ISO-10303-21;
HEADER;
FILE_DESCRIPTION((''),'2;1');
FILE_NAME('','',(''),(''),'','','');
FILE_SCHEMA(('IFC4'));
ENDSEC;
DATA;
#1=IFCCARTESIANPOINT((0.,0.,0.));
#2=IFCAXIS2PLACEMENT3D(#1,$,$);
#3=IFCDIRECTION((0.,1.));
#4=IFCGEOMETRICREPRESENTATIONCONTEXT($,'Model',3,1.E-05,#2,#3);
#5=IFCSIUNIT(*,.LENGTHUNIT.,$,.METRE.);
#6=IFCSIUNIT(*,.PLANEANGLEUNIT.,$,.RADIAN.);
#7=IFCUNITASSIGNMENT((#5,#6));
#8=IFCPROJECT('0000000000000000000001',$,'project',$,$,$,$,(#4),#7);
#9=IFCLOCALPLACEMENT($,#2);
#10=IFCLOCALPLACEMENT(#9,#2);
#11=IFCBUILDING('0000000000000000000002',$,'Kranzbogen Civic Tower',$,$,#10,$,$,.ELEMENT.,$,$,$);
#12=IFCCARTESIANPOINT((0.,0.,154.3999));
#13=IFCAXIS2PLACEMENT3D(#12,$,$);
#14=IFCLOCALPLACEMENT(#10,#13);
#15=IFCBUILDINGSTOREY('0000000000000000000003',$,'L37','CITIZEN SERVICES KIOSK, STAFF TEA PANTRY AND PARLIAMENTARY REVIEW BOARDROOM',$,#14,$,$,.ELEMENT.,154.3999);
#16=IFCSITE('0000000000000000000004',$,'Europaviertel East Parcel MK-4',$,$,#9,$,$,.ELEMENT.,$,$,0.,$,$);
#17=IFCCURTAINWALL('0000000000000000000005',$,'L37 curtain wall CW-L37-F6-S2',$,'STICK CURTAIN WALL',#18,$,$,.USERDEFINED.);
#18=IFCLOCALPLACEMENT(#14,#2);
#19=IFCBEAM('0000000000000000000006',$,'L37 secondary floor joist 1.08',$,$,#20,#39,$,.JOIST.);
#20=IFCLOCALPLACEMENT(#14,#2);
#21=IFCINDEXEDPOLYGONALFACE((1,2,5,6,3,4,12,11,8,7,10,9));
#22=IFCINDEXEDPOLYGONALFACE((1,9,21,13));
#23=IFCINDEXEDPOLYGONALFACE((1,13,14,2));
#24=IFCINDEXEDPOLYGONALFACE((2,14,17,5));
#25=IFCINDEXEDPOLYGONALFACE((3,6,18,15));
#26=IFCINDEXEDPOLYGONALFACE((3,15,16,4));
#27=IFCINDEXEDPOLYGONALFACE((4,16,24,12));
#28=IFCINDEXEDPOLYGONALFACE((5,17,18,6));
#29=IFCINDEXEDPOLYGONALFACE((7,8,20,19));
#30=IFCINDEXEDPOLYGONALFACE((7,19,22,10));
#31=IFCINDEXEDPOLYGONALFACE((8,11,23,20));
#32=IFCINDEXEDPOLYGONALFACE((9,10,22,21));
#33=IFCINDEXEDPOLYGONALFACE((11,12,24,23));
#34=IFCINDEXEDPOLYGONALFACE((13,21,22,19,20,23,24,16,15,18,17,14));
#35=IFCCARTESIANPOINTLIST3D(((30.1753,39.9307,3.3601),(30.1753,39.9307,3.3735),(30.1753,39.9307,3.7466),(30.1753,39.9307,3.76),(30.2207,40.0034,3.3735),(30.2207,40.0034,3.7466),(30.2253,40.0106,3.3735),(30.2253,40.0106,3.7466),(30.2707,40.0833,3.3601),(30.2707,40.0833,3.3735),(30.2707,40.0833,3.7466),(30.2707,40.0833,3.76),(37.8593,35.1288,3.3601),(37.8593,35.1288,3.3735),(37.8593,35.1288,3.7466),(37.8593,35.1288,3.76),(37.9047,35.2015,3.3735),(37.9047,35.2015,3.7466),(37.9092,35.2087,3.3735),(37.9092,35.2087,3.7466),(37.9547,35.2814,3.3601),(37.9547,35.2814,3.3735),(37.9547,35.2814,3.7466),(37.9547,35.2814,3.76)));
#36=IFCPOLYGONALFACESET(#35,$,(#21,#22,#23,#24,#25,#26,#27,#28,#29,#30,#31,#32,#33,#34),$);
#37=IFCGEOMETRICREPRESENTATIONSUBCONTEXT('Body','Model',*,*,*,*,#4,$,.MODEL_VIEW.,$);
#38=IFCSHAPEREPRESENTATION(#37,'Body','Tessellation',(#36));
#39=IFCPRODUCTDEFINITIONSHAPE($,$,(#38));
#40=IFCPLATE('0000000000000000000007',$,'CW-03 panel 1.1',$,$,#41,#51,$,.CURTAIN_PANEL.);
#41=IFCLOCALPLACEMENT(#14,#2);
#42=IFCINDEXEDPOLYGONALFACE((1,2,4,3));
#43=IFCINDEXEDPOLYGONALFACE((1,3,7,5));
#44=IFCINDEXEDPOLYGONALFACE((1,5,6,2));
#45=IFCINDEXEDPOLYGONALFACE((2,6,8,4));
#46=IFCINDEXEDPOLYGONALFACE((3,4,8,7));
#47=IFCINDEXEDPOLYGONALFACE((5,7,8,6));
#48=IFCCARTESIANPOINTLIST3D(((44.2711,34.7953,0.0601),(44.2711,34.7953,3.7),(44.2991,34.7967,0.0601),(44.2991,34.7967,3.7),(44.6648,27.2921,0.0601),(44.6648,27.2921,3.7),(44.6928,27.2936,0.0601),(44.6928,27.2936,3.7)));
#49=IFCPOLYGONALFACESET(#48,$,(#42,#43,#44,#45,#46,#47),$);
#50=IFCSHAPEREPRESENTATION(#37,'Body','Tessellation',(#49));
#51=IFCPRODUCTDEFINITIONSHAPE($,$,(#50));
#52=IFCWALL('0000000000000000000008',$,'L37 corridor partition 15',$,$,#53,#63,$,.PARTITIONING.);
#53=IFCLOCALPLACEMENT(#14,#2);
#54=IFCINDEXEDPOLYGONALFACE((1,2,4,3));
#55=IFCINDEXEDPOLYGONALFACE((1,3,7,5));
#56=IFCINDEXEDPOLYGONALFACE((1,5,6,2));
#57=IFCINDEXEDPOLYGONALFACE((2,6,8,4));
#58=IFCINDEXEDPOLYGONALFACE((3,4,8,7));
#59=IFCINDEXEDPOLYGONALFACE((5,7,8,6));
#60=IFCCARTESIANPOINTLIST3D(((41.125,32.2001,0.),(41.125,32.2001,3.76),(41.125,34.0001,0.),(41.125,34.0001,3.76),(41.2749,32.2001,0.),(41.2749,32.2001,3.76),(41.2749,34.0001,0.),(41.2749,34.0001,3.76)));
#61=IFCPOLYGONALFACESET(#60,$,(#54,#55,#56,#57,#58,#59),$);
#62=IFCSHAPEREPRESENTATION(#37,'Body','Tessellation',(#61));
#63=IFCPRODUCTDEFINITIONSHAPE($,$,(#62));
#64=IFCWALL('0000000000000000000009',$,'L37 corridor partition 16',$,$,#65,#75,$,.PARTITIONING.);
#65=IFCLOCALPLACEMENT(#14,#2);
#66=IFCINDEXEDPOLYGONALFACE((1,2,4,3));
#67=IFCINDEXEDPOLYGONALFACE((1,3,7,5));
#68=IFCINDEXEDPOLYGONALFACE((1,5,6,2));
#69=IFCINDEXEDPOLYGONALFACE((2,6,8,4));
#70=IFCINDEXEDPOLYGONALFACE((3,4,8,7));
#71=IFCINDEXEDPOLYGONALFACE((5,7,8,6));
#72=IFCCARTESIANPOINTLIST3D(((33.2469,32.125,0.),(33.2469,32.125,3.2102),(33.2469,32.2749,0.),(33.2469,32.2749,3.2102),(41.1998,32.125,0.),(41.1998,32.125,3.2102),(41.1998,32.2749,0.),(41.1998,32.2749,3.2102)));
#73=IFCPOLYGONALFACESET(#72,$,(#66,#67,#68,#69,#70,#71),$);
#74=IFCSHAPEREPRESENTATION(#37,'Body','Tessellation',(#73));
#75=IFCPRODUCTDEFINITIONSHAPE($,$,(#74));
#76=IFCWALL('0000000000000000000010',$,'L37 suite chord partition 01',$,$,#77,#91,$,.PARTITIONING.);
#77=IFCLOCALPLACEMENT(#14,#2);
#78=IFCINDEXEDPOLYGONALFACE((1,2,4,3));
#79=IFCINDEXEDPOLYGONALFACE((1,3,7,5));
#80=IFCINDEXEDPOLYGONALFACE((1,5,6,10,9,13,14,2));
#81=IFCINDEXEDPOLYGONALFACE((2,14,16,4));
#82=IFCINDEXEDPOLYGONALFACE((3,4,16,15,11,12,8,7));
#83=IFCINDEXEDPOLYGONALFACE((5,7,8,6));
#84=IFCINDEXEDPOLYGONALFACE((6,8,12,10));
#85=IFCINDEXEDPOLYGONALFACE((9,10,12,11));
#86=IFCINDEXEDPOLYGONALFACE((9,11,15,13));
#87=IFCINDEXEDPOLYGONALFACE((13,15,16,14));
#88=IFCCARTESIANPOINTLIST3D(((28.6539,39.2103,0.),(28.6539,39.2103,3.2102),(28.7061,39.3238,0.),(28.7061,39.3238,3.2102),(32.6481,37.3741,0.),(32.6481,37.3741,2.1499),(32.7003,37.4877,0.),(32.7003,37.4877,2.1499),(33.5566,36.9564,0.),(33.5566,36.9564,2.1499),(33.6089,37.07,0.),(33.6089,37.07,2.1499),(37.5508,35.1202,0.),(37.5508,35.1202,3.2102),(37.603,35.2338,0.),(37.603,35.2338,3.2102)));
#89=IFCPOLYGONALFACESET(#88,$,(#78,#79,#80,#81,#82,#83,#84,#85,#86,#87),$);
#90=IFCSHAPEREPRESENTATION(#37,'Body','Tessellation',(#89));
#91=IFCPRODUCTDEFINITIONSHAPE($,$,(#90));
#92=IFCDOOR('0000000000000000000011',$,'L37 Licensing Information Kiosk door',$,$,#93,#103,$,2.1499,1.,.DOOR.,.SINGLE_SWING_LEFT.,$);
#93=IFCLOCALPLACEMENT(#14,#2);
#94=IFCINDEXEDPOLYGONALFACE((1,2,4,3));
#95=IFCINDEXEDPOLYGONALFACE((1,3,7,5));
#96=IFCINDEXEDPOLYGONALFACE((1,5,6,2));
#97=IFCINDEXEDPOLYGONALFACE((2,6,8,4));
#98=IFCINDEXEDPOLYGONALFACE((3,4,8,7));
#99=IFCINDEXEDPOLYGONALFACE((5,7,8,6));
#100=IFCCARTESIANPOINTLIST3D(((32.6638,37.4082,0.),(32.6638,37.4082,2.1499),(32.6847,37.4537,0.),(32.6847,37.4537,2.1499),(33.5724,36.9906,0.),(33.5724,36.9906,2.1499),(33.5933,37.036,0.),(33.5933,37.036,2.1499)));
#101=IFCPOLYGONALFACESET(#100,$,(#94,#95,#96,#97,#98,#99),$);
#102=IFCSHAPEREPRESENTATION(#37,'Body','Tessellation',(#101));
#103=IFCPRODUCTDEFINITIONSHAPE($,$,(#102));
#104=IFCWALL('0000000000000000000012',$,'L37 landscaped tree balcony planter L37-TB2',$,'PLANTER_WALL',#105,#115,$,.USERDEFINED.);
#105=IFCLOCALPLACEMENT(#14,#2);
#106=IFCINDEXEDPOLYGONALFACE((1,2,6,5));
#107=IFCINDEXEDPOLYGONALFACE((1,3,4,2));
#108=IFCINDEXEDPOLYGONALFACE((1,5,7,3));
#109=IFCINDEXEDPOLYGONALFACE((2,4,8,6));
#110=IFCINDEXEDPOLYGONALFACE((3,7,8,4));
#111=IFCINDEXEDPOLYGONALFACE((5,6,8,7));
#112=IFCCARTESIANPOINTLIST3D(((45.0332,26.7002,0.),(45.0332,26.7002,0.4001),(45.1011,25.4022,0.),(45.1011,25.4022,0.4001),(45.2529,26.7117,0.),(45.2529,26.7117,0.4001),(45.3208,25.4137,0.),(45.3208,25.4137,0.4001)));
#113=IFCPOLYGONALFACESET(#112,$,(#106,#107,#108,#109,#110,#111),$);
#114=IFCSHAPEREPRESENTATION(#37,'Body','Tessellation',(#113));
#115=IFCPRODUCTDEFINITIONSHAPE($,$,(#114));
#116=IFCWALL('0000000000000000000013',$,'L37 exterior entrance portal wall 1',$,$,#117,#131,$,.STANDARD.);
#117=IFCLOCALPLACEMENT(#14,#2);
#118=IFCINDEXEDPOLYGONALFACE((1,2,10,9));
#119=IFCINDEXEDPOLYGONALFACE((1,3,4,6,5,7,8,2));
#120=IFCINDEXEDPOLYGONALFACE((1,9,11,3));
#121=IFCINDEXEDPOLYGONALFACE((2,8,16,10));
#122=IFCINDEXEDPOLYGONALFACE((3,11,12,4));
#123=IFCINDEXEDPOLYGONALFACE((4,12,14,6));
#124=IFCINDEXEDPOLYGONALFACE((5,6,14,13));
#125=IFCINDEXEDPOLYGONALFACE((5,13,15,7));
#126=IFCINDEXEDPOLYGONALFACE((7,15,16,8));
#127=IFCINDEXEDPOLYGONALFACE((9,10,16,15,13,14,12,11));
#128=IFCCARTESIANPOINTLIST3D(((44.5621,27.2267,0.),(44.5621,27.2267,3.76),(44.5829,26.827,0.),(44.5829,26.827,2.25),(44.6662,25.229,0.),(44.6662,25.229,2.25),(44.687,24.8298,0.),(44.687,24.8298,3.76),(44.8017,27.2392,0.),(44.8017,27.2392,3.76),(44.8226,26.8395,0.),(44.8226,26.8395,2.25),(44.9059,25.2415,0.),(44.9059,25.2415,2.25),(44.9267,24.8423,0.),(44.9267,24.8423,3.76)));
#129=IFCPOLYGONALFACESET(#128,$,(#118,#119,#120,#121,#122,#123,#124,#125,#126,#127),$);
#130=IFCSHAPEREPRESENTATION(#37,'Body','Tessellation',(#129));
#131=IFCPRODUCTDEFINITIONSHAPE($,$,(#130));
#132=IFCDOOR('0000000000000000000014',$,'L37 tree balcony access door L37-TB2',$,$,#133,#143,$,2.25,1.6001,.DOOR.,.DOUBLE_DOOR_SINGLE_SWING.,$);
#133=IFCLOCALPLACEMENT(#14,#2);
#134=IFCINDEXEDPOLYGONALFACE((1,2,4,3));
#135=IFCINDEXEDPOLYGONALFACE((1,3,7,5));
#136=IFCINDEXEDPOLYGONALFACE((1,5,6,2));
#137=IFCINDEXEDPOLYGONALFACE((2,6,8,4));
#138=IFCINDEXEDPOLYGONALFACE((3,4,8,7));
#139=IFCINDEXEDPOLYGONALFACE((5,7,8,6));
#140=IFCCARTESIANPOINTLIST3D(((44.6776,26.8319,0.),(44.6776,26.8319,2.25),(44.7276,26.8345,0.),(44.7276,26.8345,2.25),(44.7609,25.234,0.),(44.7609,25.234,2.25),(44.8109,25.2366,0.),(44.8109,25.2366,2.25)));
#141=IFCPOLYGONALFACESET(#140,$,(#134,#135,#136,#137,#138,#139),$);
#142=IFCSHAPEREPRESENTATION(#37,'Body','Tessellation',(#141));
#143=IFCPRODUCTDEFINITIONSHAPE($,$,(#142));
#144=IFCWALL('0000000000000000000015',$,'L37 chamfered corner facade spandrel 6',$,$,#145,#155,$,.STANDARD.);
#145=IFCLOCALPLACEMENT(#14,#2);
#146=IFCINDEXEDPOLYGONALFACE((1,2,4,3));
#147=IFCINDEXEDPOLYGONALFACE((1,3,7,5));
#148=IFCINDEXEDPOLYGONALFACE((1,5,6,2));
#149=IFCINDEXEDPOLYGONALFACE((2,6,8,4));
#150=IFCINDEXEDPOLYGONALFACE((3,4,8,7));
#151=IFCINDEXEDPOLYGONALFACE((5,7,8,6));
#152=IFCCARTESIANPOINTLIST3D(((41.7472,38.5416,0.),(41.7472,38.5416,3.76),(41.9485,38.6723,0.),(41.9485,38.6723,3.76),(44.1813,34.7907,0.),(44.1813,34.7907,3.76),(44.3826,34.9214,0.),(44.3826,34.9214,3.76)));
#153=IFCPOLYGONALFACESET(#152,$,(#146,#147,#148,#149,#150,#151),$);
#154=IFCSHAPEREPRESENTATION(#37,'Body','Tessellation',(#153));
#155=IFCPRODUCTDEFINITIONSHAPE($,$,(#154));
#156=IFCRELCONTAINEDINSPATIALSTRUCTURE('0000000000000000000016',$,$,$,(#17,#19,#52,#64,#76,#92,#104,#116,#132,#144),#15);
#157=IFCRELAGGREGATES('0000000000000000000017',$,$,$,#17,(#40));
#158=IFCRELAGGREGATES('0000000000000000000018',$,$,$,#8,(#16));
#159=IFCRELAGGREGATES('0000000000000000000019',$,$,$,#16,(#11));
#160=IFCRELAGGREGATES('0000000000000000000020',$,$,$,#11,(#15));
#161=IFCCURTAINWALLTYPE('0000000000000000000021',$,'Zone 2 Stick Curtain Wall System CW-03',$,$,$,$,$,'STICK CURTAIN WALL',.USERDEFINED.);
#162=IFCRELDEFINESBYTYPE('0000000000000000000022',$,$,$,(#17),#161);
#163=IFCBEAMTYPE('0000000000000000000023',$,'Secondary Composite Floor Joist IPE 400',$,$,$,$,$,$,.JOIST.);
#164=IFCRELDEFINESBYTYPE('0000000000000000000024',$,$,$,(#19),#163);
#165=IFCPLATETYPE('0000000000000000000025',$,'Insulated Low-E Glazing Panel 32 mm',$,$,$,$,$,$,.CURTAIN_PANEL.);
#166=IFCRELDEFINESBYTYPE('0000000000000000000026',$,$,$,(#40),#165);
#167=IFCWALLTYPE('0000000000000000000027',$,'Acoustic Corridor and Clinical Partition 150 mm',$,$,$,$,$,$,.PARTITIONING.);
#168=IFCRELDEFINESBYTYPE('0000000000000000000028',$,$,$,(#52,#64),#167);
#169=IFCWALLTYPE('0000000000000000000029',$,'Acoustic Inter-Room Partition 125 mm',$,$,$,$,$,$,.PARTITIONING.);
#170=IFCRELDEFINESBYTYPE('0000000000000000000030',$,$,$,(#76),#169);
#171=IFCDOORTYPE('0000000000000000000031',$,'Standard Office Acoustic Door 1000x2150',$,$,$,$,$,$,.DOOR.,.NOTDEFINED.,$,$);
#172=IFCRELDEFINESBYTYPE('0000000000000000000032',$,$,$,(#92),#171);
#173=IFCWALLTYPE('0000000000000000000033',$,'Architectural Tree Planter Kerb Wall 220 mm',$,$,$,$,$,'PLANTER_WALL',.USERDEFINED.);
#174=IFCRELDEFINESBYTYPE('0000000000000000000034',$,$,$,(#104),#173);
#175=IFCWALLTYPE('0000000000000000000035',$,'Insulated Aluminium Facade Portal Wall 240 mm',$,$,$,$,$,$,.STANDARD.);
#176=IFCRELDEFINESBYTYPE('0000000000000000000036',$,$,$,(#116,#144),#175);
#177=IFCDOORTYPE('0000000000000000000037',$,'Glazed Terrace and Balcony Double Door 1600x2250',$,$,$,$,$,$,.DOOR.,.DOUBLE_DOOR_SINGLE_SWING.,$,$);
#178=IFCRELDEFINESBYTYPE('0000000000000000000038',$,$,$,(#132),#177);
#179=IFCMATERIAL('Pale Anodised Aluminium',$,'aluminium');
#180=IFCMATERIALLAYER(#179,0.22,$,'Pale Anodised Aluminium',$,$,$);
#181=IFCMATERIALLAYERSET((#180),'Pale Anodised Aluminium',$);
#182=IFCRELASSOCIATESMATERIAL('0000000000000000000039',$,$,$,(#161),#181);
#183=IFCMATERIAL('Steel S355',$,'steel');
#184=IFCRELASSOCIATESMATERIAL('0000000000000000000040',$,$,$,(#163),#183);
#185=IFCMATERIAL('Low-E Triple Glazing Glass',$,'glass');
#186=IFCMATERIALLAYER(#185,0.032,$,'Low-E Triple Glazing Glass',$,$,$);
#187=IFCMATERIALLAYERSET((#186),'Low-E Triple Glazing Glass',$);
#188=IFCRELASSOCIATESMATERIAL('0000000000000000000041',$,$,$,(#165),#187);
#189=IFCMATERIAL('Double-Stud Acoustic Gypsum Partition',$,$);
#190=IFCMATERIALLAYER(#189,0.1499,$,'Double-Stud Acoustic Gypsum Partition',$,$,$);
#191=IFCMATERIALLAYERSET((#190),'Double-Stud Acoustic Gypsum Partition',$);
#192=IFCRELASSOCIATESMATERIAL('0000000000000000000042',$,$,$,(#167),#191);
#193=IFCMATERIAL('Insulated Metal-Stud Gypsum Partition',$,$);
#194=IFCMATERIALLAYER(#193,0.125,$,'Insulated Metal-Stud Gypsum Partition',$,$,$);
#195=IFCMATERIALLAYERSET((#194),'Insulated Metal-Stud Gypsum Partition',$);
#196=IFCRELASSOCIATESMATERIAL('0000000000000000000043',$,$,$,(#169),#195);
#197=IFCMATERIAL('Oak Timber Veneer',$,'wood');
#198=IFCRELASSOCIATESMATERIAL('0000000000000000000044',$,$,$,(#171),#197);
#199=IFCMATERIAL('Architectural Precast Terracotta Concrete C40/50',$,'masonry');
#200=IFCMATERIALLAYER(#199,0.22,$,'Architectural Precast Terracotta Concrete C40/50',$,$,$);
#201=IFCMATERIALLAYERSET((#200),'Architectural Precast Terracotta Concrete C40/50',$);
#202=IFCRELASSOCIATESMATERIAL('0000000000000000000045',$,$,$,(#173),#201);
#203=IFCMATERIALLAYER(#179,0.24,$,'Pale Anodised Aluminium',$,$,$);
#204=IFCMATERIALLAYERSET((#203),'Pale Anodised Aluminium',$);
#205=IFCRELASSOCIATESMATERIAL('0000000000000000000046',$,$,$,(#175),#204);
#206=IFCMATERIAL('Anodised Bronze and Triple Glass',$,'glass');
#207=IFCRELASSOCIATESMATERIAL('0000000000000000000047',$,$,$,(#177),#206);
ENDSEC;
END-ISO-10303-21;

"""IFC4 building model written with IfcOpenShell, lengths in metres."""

from ifc_helpers import new_model, si_unit, direction, frame, frame_2d, origin, origin_2d, place, context, subcontext, project, spatial, rectangle, i_section, extrude, material, layer, layer_set, material_profile, profile_set, type_object, element, fill, aggregate, save


model = new_model("IFC4")

# Units and contexts
model_context = context("Model", 3, precision=1e-05, world=origin(), true_north=direction((0.0, 1.0)))
body_context = subcontext(model_context, "Body", "Model", "MODEL_VIEW")
ifc_project = project(units=[si_unit("LENGTHUNIT", "METRE"), si_unit("PLANEANGLEUNIT", "RADIAN")], contexts=[model_context])

# Site, building, storey
site_placement = place(None, origin())
site = spatial("IfcSite", under=ifc_project, at=site_placement, Name="Europaviertel East Parcel MK-4", CompositionType="ELEMENT", RefElevation=0.0)
building_placement = place(site_placement, origin())
building = spatial("IfcBuilding", under=site, at=building_placement, Name="Kranzbogen Civic Tower", CompositionType="ELEMENT")
storey_placement = place(building_placement, frame((0.0, 0.0, 154.3999)))
storey = spatial("IfcBuildingStorey", under=building, at=storey_placement, Name="L37", Description="CITIZEN SERVICES KIOSK, STAFF TEA PANTRY AND PARLIAMENTARY REVIEW BOARDROOM", CompositionType="ELEMENT", Elevation=154.3999)

# Shared definitions
ifc_material_1 = material(Name="Steel S355", Category="steel")

# Shared definitions
ifc_material_2 = material(Name="Pale Anodised Aluminium", Category="aluminium")
ifc_layer_1 = layer(ifc_material_2, 0.22, Name="Pale Anodised Aluminium")
ifc_layer_set_1 = layer_set([ifc_layer_1], Name="Pale Anodised Aluminium")
curtain_wall_type = type_object("IfcCurtainWallType", Name="Zone 2 Stick Curtain Wall System CW-03", ElementType="STICK CURTAIN WALL", PredefinedType="USERDEFINED", material=ifc_layer_set_1)

# Curtain wall
curtain_wall_1_placement = place(storey_placement, origin())
curtain_wall_1 = element("IfcCurtainWall", 1, at=curtain_wall_1_placement, inside=storey, type_object=curtain_wall_type, Name="L37 curtain wall CW-L37-F6-S2", ObjectType="STICK CURTAIN WALL", PredefinedType="USERDEFINED")

# Beam
ifc_material_profile_1 = material_profile(ifc_material_1, i_section(OverallWidth=0.1799, OverallDepth=0.3999, WebThickness=0.0085, FlangeThickness=0.0134, at=origin_2d()), Name="IPE 400")
ifc_profile_set_1 = profile_set([ifc_material_profile_1], Name="Steel S355")
beam_type_1 = type_object("IfcBeamType", Name="Secondary Composite Floor Joist IPE 400", PredefinedType="JOIST", material=ifc_profile_set_1)
beam_1_placement = place(storey_placement, frame((37.907, 35.2051, 3.5601), z_axis=(-0.848026, 0.529955, 0.0), x_axis=(-0.529955, -0.848026, 0.0)))
element("IfcBeam", 2, at=beam_1_placement, inside=storey, type_object=beam_type_1, Name="L37 secondary floor joist 1.08", PredefinedType="JOIST", context=body_context, shape_type="SweptSolid", body=[
    extrude(i_section(OverallWidth=0.1799, OverallDepth=0.3999, WebThickness=0.0085, FlangeThickness=0.0134, at=origin_2d()), origin(), (0.0, 0.0, 1.0), 9.061),
])

# Plate
ifc_material_3 = material(Name="Low-E Triple Glazing Glass", Category="glass")
ifc_layer_2 = layer(ifc_material_3, 0.032, Name="Low-E Triple Glazing Glass")
ifc_layer_set_2 = layer_set([ifc_layer_2], Name="Low-E Triple Glazing Glass")
plate_type = type_object("IfcPlateType", Name="Insulated Low-E Glazing Panel 32 mm", PredefinedType="CURTAIN_PANEL", material=ifc_layer_set_2)
plate_placement = place(storey_placement, frame((44.4819, 31.0444, 0.0601), z_axis=(0.0, 0.0, 1.0), x_axis=(-0.052401, 0.998626, 0.0)))
plate = element("IfcPlate", 3, at=plate_placement, type_object=plate_type, Name="CW-03 panel 1.1", PredefinedType="CURTAIN_PANEL", context=body_context, shape_type="SweptSolid", body=[
    extrude(rectangle(XDim=7.5134, YDim=0.0281, at=origin_2d()), origin(), (0.0, 0.0, 1.0), 3.6399),
])
aggregate(curtain_wall_1, [plate])

# Walls
ifc_material_4 = material(Name="Double-Stud Acoustic Gypsum Partition")
ifc_layer_3 = layer(ifc_material_4, 0.1499, Name="Double-Stud Acoustic Gypsum Partition")
ifc_layer_set_3 = layer_set([ifc_layer_3], Name="Double-Stud Acoustic Gypsum Partition")
wall_type_1 = type_object("IfcWallType", Name="Acoustic Corridor and Clinical Partition 150 mm", PredefinedType="PARTITIONING", material=ifc_layer_set_3)
wall_1_placement = place(storey_placement, frame((41.2, 34.0, 0.0), z_axis=(0.0, 0.0, 1.0), x_axis=(0.0, -1.0, 0.0)))
element("IfcWall", 4, at=wall_1_placement, inside=storey, type_object=wall_type_1, Name="L37 corridor partition 15", PredefinedType="PARTITIONING", context=body_context, shape_type="SweptSolid", body=[
    extrude(rectangle(XDim=1.8, YDim=0.1499, at=frame_2d((0.8999, 0.0))), origin(), (0.0, 0.0, 1.0), 3.76),
])
wall_2_placement = place(storey_placement, frame((41.2, 32.2, 0.0), z_axis=(0.0, 0.0, 1.0), x_axis=(-1.0, 0.0, 0.0)))
element("IfcWall", 5, at=wall_2_placement, inside=storey, type_object=wall_type_1, Name="L37 corridor partition 16", PredefinedType="PARTITIONING", context=body_context, shape_type="SweptSolid", body=[
    extrude(rectangle(XDim=7.9529, YDim=0.1499, at=frame_2d((3.9766, 0.0))), origin(), (0.0, 0.0, 1.0), 3.2102),
])

# Wall, opening, door
ifc_material_5 = material(Name="Insulated Metal-Stud Gypsum Partition")
ifc_layer_4 = layer(ifc_material_5, 0.125, Name="Insulated Metal-Stud Gypsum Partition")
ifc_layer_set_4 = layer_set([ifc_layer_4], Name="Insulated Metal-Stud Gypsum Partition")
wall_type_2 = type_object("IfcWallType", Name="Acoustic Inter-Room Partition 125 mm", PredefinedType="PARTITIONING", material=ifc_layer_set_4)
wall_3_placement = place(storey_placement, frame((37.5769, 35.177, 0.0), z_axis=(0.0, 0.0, 1.0), x_axis=(-0.908588, 0.417693, 0.0)))
wall_3 = element("IfcWall", 6, at=wall_3_placement, inside=storey, type_object=wall_type_2, Name="L37 suite chord partition 01", PredefinedType="PARTITIONING", context=body_context, shape_type="SweptSolid", body=[
    extrude(rectangle(XDim=9.792, YDim=0.125, at=frame_2d((4.896, 0.0))), origin(), (0.0, 0.0, 1.0), 3.2102),
])
opening_1_placement = place(wall_3_placement, frame((4.396, 0.0, 0.0)))
opening_1 = element("IfcOpeningElement", 7, at=opening_1_placement, cuts=wall_3, PredefinedType="OPENING", context=body_context, shape_type="SweptSolid", body=[
    extrude(rectangle(XDim=1.0, YDim=2.1499, at=frame_2d((0.5, 1.075))), frame((0.0, 0.0725, 0.0), z_axis=(0.0, -1.0, 0.0), x_axis=(1.0, 0.0, 0.0)), (0.0, 0.0, 1.0), 0.145),
])
ifc_material_6 = material(Name="Oak Timber Veneer", Category="wood")
door_type_1 = type_object("IfcDoorType", Name="Standard Office Acoustic Door 1000x2150", OperationType="NOTDEFINED", PredefinedType="DOOR", material=ifc_material_6)
door_1_placement = place(opening_1_placement, origin())
door_1 = element("IfcDoor", 8, at=door_1_placement, inside=storey, type_object=door_type_1, Name="L37 Licensing Information Kiosk door", OperationType="SINGLE_SWING_LEFT", OverallHeight=2.1499, OverallWidth=1.0, PredefinedType="DOOR", context=body_context, shape_type="SweptSolid", body=[
    extrude(rectangle(XDim=1.0, YDim=2.1499, at=frame_2d((0.5, 1.075))), frame((0.0, 0.0249, 0.0), z_axis=(0.0, -1.0, 0.0), x_axis=(1.0, 0.0, 0.0)), (0.0, 0.0, 1.0), 0.05),
])
fill(opening_1, door_1)

# Wall
ifc_material_7 = material(Name="Architectural Precast Terracotta Concrete C40/50", Category="masonry")
ifc_layer_5 = layer(ifc_material_7, 0.22, Name="Architectural Precast Terracotta Concrete C40/50")
ifc_layer_set_5 = layer_set([ifc_layer_5], Name="Architectural Precast Terracotta Concrete C40/50")
wall_type_3 = type_object("IfcWallType", Name="Architectural Tree Planter Kerb Wall 220 mm", ElementType="PLANTER_WALL", PredefinedType="USERDEFINED", material=ifc_layer_set_5)
wall_4_placement = place(storey_placement, frame((45.2109, 25.408, 0.0), z_axis=(0.0, 0.0, 1.0), x_axis=(-0.052214, 0.998636, 0.0)))
element("IfcWall", 9, at=wall_4_placement, inside=storey, type_object=wall_type_3, Name="L37 landscaped tree balcony planter L37-TB2", ObjectType="PLANTER_WALL", PredefinedType="USERDEFINED", context=body_context, shape_type="SweptSolid", body=[
    extrude(rectangle(XDim=1.2998, YDim=0.22, at=frame_2d((0.6499, 0.0))), origin(), (0.0, 0.0, 1.0), 0.4001),
])

# Wall, opening, door
ifc_layer_6 = layer(ifc_material_2, 0.24, Name="Pale Anodised Aluminium")
ifc_layer_set_6 = layer_set([ifc_layer_6], Name="Pale Anodised Aluminium")
wall_type_4 = type_object("IfcWallType", Name="Insulated Aluminium Facade Portal Wall 240 mm", PredefinedType="STANDARD", material=ifc_layer_set_6)
wall_5_placement = place(storey_placement, frame((44.8069, 24.8359, 0.0), z_axis=(0.0, 0.0, 1.0), x_axis=(-0.052078, 0.998643, 0.0)))
wall_5 = element("IfcWall", 10, at=wall_5_placement, inside=storey, type_object=wall_type_4, Name="L37 exterior entrance portal wall 1", PredefinedType="STANDARD", context=body_context, shape_type="SweptSolid", body=[
    extrude(rectangle(XDim=2.4001, YDim=0.24, at=frame_2d((1.2002, 0.0))), origin(), (0.0, 0.0, 1.0), 3.76),
])
opening_2_placement = place(wall_5_placement, frame((0.3999, 0.0, 0.0)))
opening_2 = element("IfcOpeningElement", 11, at=opening_2_placement, cuts=wall_5, PredefinedType="OPENING", context=body_context, shape_type="SweptSolid", body=[
    extrude(rectangle(XDim=1.6001, YDim=2.25, at=frame_2d((0.8, 1.125))), frame((0.0, 0.1299, 0.0), z_axis=(0.0, -1.0, 0.0), x_axis=(1.0, 0.0, 0.0)), (0.0, 0.0, 1.0), 0.26),
])
ifc_material_8 = material(Name="Anodised Bronze and Triple Glass", Category="glass")
door_type_2 = type_object("IfcDoorType", Name="Glazed Terrace and Balcony Double Door 1600x2250", OperationType="DOUBLE_DOOR_SINGLE_SWING", PredefinedType="DOOR", material=ifc_material_8)
door_2_placement = place(opening_2_placement, frame((1.6001, 0.0, 0.0), z_axis=(0.0, 0.0, 1.0), x_axis=(-1.0, 0.0, 0.0)))
door_2 = element("IfcDoor", 12, at=door_2_placement, inside=storey, type_object=door_type_2, Name="L37 tree balcony access door L37-TB2", OperationType="DOUBLE_DOOR_SINGLE_SWING", OverallHeight=2.25, OverallWidth=1.6001, PredefinedType="DOOR", context=body_context, shape_type="SweptSolid", body=[
    extrude(rectangle(XDim=1.6001, YDim=2.25, at=frame_2d((0.8, 1.125))), frame((0.0, 0.0249, 0.0), z_axis=(0.0, -1.0, 0.0), x_axis=(1.0, 0.0, 0.0)), (0.0, 0.0, 1.0), 0.05),
])
fill(opening_2, door_2)

# Wall
wall_6_placement = place(storey_placement, frame((44.282, 34.856, 0.0), z_axis=(0.0, 0.0, 1.0), x_axis=(-0.544351, 0.838858, 0.0)))
element("IfcWall", 13, at=wall_6_placement, inside=storey, type_object=wall_type_4, Name="L37 chamfered corner facade spandrel 6", PredefinedType="STANDARD", context=body_context, shape_type="SweptSolid", body=[
    extrude(rectangle(XDim=4.4714, YDim=0.24, at=frame_2d((2.2358, 0.0))), origin(), (0.0, 0.0, 1.0), 3.76),
])

save(model, "model.ifc")
